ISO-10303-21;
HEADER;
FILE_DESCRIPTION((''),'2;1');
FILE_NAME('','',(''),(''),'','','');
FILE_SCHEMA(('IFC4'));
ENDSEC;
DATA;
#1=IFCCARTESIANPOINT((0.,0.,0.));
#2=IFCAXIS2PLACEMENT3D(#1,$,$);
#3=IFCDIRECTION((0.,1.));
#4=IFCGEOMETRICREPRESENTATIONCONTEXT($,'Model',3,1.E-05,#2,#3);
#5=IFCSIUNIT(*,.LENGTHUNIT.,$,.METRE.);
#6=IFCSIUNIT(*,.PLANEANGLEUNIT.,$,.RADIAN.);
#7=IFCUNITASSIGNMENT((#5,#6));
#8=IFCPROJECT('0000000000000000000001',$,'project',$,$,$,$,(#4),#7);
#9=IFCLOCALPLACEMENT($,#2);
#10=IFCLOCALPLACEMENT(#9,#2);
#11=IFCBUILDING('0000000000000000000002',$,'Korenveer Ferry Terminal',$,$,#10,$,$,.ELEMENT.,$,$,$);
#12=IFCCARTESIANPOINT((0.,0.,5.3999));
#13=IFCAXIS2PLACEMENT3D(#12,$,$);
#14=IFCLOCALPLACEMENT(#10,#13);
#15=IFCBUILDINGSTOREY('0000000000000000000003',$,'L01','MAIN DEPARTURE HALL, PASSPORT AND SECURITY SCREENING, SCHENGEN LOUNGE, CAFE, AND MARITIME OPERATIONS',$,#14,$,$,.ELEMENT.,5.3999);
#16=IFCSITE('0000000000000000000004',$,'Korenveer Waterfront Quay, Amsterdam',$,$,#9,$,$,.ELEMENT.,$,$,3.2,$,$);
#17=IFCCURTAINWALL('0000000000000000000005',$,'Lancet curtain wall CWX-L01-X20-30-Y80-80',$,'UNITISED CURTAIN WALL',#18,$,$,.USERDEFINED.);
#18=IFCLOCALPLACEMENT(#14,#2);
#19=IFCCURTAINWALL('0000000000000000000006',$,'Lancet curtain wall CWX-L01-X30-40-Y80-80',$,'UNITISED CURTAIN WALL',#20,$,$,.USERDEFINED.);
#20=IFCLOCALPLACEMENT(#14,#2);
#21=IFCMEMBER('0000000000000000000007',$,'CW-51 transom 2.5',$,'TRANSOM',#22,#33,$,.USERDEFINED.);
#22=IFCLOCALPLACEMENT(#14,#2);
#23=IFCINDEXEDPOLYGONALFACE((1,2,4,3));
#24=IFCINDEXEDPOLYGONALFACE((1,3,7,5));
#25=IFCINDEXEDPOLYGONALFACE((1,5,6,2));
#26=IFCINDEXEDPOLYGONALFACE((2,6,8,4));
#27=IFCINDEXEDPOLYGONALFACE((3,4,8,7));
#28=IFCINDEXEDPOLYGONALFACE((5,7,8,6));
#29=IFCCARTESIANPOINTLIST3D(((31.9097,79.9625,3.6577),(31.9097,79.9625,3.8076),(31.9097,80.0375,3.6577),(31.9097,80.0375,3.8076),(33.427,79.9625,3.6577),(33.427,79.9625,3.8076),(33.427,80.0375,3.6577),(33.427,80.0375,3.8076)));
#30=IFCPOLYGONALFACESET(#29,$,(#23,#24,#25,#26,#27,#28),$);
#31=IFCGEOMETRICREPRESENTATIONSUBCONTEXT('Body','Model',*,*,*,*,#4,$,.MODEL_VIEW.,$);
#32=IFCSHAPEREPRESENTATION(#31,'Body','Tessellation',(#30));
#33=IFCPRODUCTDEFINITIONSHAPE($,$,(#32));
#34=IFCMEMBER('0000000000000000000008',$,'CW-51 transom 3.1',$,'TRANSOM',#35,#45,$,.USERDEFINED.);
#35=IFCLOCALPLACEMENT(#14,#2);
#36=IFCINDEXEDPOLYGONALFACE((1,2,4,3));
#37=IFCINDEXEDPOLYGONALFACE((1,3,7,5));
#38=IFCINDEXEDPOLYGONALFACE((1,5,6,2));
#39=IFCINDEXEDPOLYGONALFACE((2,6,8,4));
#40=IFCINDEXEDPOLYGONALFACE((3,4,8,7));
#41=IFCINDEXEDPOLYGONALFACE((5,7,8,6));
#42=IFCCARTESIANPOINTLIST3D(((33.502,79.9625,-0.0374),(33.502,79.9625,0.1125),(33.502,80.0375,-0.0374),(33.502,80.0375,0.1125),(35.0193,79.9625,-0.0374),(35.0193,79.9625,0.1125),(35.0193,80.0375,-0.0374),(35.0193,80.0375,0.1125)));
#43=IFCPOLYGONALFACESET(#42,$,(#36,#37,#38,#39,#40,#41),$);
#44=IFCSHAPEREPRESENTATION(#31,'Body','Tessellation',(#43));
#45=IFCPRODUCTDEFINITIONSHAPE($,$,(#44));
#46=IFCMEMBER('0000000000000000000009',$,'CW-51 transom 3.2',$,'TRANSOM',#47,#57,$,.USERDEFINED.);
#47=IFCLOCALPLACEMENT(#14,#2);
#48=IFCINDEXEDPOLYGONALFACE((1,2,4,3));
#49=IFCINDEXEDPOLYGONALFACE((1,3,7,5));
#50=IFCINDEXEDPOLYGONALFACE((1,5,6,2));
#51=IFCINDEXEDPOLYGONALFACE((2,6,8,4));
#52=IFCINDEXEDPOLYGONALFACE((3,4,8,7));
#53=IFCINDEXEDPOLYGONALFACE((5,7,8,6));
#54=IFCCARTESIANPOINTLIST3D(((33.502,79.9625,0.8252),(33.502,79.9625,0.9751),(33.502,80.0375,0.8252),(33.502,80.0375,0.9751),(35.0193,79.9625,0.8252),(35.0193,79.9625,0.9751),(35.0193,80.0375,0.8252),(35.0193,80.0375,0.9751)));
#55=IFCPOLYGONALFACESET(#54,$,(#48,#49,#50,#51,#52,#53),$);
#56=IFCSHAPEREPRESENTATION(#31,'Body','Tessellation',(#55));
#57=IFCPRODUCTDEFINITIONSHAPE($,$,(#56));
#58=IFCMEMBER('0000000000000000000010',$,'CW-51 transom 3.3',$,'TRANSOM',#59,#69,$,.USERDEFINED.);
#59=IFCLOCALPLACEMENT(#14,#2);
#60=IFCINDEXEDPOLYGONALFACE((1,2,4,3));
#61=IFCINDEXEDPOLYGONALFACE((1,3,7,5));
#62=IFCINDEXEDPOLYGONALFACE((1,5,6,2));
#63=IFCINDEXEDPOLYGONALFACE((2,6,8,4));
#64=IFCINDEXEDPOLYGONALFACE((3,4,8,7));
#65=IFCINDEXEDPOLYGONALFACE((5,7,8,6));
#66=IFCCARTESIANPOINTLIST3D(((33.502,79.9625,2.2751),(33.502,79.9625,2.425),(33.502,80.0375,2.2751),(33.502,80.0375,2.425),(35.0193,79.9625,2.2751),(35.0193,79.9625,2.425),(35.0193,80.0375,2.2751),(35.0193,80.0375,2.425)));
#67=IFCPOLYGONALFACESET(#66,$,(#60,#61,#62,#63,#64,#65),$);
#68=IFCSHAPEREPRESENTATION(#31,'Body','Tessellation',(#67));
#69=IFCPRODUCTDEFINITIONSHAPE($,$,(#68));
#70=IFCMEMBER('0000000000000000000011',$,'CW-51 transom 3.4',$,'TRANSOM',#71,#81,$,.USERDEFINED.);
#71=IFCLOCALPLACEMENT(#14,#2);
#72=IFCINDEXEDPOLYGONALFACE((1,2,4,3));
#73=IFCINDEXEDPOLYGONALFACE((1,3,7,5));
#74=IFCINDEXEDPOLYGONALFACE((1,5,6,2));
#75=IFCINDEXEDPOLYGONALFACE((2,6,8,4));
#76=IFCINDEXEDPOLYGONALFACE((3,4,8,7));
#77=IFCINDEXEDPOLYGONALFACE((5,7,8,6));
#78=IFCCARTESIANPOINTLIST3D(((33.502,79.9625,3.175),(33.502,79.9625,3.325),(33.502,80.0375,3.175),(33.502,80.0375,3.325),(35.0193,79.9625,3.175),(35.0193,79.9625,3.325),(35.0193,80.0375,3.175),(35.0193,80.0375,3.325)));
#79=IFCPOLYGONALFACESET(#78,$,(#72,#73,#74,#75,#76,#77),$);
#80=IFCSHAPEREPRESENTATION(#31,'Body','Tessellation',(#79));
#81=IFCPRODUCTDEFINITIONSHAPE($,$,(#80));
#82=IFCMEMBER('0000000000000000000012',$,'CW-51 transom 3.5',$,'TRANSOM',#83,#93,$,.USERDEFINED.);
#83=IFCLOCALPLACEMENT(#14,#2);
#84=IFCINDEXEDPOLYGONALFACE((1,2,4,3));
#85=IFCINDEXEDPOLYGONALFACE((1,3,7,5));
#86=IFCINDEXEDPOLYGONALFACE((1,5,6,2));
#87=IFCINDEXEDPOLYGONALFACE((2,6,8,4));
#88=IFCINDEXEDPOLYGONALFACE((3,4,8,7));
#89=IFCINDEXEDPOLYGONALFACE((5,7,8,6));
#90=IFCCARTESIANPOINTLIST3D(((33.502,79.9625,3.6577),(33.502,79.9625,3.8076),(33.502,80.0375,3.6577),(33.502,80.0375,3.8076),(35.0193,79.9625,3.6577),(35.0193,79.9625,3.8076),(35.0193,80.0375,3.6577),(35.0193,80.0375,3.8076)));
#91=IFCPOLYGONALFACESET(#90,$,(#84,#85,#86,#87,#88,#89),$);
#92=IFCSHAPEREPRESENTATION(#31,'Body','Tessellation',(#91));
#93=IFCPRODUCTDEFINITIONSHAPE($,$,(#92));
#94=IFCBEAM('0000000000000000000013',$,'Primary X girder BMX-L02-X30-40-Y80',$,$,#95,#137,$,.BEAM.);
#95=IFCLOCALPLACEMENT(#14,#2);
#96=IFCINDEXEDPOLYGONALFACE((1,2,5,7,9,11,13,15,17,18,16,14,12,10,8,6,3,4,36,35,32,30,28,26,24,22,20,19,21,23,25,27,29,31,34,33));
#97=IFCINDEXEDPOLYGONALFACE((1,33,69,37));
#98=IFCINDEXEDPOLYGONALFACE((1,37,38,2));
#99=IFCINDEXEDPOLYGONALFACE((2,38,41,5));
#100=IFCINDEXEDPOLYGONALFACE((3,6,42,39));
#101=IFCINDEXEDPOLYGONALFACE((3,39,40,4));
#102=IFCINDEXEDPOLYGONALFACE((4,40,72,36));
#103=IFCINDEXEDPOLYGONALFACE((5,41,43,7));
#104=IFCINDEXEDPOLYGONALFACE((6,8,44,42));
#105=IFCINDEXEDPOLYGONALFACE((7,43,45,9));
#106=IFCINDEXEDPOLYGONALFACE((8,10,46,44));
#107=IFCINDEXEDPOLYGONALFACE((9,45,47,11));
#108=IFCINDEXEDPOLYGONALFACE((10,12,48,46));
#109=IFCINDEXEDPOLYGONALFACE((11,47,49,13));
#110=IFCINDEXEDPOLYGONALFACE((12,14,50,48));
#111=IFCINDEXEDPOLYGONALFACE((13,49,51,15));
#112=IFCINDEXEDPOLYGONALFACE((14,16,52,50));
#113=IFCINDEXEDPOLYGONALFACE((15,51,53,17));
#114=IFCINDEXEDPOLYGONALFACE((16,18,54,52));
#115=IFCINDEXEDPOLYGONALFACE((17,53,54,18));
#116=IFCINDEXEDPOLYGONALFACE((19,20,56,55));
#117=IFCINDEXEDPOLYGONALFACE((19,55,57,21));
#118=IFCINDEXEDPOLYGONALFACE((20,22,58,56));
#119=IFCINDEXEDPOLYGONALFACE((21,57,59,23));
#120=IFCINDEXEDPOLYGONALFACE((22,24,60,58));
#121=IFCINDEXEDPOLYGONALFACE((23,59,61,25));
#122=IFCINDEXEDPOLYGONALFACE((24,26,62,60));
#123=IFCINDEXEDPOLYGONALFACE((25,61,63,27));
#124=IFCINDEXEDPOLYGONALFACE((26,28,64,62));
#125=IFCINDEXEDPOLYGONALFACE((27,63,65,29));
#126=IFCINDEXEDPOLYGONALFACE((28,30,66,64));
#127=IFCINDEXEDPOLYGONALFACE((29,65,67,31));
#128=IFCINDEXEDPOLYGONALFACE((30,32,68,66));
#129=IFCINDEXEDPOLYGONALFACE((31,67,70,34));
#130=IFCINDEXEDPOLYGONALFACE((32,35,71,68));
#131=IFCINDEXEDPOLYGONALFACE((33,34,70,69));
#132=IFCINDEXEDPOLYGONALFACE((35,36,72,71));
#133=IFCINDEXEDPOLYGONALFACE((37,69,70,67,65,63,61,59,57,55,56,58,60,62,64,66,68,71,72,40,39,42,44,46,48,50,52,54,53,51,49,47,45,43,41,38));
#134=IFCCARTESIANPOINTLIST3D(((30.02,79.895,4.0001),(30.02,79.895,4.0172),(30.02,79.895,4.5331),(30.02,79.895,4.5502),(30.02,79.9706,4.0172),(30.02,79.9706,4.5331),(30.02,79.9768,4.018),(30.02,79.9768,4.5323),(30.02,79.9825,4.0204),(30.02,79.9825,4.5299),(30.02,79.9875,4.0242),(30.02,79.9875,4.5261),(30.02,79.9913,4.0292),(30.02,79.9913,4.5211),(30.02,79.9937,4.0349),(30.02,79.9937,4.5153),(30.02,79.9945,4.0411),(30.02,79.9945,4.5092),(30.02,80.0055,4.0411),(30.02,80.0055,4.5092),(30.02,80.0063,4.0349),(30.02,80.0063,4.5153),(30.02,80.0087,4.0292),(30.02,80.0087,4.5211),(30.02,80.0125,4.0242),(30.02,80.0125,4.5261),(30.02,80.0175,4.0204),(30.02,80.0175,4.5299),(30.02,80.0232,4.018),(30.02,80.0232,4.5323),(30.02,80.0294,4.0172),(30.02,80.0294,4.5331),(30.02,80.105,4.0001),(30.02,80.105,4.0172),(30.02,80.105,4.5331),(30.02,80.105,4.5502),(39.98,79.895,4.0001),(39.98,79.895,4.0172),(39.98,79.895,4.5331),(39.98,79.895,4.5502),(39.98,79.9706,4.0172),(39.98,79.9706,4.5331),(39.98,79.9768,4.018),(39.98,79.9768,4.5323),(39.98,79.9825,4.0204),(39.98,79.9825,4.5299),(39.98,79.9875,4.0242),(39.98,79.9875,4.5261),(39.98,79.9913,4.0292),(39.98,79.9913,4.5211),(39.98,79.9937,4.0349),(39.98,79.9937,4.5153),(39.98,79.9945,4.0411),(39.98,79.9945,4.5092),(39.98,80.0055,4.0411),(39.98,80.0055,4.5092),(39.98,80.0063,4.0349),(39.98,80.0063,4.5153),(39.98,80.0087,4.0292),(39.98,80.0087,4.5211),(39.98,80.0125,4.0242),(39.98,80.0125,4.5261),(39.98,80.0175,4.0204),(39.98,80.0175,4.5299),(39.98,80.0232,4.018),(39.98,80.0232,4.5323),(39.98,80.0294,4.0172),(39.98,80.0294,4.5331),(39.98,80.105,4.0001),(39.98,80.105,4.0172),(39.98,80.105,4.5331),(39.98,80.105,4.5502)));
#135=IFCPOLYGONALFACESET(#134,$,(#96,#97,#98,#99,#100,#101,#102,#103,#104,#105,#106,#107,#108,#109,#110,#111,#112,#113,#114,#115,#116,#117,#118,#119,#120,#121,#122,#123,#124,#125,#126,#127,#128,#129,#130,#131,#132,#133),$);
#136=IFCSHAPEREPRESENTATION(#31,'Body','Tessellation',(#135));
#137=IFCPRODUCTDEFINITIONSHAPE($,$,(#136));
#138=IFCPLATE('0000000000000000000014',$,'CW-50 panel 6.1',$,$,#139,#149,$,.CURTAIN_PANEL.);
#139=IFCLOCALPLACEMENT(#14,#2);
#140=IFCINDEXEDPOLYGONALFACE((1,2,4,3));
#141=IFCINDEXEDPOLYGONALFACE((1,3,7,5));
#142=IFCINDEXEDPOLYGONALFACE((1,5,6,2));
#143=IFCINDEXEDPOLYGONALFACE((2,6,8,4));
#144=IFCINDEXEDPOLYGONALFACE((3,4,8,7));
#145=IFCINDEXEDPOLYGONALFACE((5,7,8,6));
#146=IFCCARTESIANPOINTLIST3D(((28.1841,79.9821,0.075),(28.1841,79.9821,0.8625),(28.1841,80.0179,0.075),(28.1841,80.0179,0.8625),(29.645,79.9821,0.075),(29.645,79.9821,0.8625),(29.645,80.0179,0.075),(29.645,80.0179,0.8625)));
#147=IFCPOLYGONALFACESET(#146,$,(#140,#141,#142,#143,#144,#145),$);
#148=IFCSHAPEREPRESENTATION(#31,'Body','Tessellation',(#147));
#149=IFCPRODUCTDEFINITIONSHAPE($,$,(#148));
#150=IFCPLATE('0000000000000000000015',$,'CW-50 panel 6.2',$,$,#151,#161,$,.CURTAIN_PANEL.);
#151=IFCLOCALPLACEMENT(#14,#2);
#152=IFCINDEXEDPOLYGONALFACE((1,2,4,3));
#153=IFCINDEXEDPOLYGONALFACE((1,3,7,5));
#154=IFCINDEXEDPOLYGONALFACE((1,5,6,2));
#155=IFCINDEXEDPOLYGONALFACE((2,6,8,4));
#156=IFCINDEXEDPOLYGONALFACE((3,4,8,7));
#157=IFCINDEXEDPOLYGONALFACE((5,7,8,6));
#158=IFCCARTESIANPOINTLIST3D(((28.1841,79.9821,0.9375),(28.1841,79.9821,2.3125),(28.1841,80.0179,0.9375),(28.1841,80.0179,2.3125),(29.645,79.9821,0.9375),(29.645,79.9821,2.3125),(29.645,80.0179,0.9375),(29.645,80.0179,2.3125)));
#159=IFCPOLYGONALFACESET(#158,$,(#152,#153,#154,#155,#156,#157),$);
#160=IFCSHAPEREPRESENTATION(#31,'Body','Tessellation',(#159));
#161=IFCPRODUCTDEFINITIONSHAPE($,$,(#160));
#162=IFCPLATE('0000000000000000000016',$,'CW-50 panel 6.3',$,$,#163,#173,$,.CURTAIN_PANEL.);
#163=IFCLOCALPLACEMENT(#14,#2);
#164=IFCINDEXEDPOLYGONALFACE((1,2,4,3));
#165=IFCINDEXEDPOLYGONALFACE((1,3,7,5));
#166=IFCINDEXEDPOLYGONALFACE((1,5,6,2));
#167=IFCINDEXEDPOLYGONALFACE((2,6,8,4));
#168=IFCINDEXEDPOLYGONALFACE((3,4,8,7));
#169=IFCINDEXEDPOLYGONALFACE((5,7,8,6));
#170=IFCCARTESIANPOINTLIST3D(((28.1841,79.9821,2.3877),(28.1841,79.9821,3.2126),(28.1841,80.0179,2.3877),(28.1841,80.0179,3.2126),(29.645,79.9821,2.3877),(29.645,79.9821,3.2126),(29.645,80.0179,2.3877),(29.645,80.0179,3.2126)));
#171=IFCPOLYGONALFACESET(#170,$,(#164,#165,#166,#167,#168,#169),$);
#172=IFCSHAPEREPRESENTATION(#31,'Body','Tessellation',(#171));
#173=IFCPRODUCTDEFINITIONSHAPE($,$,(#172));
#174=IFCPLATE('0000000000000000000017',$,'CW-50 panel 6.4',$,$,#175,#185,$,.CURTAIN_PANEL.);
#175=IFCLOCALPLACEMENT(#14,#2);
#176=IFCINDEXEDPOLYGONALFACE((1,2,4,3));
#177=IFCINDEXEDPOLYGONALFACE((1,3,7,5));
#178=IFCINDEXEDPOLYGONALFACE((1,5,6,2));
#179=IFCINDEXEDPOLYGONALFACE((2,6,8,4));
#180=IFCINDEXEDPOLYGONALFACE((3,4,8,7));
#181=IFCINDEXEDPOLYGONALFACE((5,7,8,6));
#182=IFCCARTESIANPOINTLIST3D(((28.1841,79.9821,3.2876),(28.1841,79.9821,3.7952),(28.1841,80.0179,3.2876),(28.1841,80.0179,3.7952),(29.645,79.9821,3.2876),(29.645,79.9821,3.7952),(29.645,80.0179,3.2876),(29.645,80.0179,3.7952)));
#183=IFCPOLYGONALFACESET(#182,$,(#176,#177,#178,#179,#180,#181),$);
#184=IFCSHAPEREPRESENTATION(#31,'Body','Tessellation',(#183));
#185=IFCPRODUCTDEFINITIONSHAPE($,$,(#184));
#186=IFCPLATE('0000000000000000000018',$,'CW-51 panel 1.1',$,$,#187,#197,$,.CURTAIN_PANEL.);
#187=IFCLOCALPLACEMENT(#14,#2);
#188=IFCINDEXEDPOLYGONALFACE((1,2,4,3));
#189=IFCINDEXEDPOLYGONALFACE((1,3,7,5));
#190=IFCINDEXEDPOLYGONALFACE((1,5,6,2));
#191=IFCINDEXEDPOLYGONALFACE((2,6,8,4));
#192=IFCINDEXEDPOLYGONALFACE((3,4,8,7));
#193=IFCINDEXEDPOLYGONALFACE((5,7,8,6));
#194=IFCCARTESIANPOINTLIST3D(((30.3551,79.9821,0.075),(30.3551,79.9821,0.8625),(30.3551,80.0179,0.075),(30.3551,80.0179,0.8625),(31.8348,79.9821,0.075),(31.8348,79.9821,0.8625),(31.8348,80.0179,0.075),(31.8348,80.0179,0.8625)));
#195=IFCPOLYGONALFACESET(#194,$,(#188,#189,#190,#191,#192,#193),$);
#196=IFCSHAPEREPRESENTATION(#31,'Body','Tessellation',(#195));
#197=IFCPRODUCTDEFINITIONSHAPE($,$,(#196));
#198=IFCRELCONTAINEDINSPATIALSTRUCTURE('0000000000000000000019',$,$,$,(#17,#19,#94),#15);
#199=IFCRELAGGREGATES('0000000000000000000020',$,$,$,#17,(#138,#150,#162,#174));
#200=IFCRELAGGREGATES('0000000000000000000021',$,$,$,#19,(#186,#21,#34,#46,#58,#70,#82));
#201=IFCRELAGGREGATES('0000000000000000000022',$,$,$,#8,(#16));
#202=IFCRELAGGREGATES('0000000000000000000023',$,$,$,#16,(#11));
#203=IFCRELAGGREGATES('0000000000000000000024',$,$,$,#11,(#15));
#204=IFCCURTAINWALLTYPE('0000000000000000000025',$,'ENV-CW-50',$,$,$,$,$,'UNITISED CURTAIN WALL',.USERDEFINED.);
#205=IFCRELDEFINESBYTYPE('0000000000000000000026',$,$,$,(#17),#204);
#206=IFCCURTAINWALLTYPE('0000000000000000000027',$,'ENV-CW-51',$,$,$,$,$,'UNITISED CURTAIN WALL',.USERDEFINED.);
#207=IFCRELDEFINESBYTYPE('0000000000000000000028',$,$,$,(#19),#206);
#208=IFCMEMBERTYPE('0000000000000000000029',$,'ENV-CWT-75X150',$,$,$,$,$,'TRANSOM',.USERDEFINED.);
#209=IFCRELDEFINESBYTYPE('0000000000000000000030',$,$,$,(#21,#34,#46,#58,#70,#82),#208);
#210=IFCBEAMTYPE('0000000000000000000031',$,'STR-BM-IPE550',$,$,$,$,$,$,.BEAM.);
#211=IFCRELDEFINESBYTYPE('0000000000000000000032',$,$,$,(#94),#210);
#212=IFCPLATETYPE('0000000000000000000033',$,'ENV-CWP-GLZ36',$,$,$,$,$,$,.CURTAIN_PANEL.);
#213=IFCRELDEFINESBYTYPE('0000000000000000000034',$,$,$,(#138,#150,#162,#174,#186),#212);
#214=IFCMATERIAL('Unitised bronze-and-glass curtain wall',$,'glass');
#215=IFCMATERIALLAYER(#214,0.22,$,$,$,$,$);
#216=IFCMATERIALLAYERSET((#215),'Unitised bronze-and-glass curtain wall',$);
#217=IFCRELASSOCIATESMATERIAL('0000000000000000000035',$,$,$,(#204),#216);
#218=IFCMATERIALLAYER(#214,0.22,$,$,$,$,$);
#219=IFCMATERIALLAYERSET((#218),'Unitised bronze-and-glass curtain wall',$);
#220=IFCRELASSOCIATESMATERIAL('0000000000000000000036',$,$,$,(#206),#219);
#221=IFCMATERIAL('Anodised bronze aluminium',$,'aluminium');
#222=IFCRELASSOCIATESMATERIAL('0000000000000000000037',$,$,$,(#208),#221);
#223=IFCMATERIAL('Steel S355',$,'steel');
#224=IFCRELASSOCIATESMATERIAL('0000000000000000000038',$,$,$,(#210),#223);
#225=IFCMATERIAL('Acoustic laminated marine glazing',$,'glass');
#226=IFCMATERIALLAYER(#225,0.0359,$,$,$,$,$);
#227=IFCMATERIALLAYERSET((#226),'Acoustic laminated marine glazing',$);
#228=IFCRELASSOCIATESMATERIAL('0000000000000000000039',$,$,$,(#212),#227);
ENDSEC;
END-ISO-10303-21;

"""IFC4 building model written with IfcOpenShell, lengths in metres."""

from ifc_helpers import new_model, si_unit, direction, frame, origin, origin_2d, place, context, subcontext, project, spatial, rectangle, i_section, extrude, material, layer, layer_set, material_profile, profile_set, type_object, element, aggregate, save


model = new_model("IFC4")

# Units and contexts
model_context = context("Model", 3, precision=1e-05, world=origin(), true_north=direction((0.0, 1.0)))
body_context = subcontext(model_context, "Body", "Model", "MODEL_VIEW")
ifc_project = project(units=[si_unit("LENGTHUNIT", "METRE"), si_unit("PLANEANGLEUNIT", "RADIAN")], contexts=[model_context])

# Site, building, storey
site_placement = place(None, origin())
site = spatial("IfcSite", under=ifc_project, at=site_placement, Name="Korenveer Waterfront Quay, Amsterdam", CompositionType="ELEMENT", RefElevation=3.2)
building_placement = place(site_placement, origin())
building = spatial("IfcBuilding", under=site, at=building_placement, Name="Korenveer Ferry Terminal", CompositionType="ELEMENT")
storey_placement = place(building_placement, frame((0.0, 0.0, 5.3999)))
storey = spatial("IfcBuildingStorey", under=building, at=storey_placement, Name="L01", Description="MAIN DEPARTURE HALL, PASSPORT AND SECURITY SCREENING, SCHENGEN LOUNGE, CAFE, AND MARITIME OPERATIONS", CompositionType="ELEMENT", Elevation=5.3999)

# Curtain wall
ifc_material_1 = material(Name="Unitised bronze-and-glass curtain wall", Category="glass")
ifc_layer_1 = layer(ifc_material_1, 0.22)
ifc_layer_set_1 = layer_set([ifc_layer_1], Name="Unitised bronze-and-glass curtain wall")
curtain_wall_type_1 = type_object("IfcCurtainWallType", Name="ENV-CW-50", ElementType="UNITISED CURTAIN WALL", PredefinedType="USERDEFINED", material=ifc_layer_set_1)
curtain_wall_1_placement = place(storey_placement, frame((20.28, 80.0, 0.0)))
curtain_wall_1 = element("IfcCurtainWall", 1, at=curtain_wall_1_placement, inside=storey, type_object=curtain_wall_type_1, Name="Lancet curtain wall CWX-L01-X20-30-Y80-80", ObjectType="UNITISED CURTAIN WALL", PredefinedType="USERDEFINED")
ifc_material_2 = material(Name="Anodised bronze aluminium", Category="aluminium")

# Curtain wall, members
ifc_layer_2 = layer(ifc_material_1, 0.22)
ifc_layer_set_2 = layer_set([ifc_layer_2], Name="Unitised bronze-and-glass curtain wall")
curtain_wall_type_2 = type_object("IfcCurtainWallType", Name="ENV-CW-51", ElementType="UNITISED CURTAIN WALL", PredefinedType="USERDEFINED", material=ifc_layer_set_2)
curtain_wall_2_placement = place(storey_placement, frame((30.28, 80.0, 0.0)))
curtain_wall_2 = element("IfcCurtainWall", 2, at=curtain_wall_2_placement, inside=storey, type_object=curtain_wall_type_2, Name="Lancet curtain wall CWX-L01-X30-40-Y80-80", ObjectType="UNITISED CURTAIN WALL", PredefinedType="USERDEFINED")
ifc_material_profile_1 = material_profile(ifc_material_2, rectangle(XDim=0.075, YDim=0.1499, at=origin_2d()), Name="ALU 75x150")
ifc_profile_set_1 = profile_set([ifc_material_profile_1], Name="Anodised bronze aluminium")
member_type_1 = type_object("IfcMemberType", Name="ENV-CWT-75X150", ElementType="TRANSOM", PredefinedType="USERDEFINED", material=ifc_profile_set_1)
member_1_placement = place(storey_placement, frame((31.9097, 80.0, 3.7327), z_axis=(1.0, 0.0, 0.0), x_axis=(0.0, 1.0, 0.0)))
member_1 = element("IfcMember", 3, at=member_1_placement, type_object=member_type_1, Name="CW-51 transom 2.5", ObjectType="TRANSOM", PredefinedType="USERDEFINED", context=body_context, shape_type="SweptSolid", body=[
    extrude(rectangle(XDim=0.075, YDim=0.1499, at=origin_2d()), origin(), (0.0, 0.0, 1.0), 1.5173),
])
member_2_placement = place(storey_placement, frame((33.502, 80.0, 0.0376), z_axis=(1.0, 0.0, 0.0), x_axis=(0.0, 1.0, 0.0)))
member_2 = element("IfcMember", 4, at=member_2_placement, type_object=member_type_1, Name="CW-51 transom 3.1", ObjectType="TRANSOM", PredefinedType="USERDEFINED", context=body_context, shape_type="SweptSolid", body=[
    extrude(rectangle(XDim=0.075, YDim=0.1499, at=origin_2d()), origin(), (0.0, 0.0, 1.0), 1.5173),
])
member_3_placement = place(storey_placement, frame((33.502, 80.0, 0.9001), z_axis=(1.0, 0.0, 0.0), x_axis=(0.0, 1.0, 0.0)))
member_3 = element("IfcMember", 5, at=member_3_placement, type_object=member_type_1, Name="CW-51 transom 3.2", ObjectType="TRANSOM", PredefinedType="USERDEFINED", context=body_context, shape_type="SweptSolid", body=[
    extrude(rectangle(XDim=0.075, YDim=0.1499, at=origin_2d()), origin(), (0.0, 0.0, 1.0), 1.5173),
])
member_4_placement = place(storey_placement, frame((33.502, 80.0, 2.3501), z_axis=(1.0, 0.0, 0.0), x_axis=(0.0, 1.0, 0.0)))
member_4 = element("IfcMember", 6, at=member_4_placement, type_object=member_type_1, Name="CW-51 transom 3.3", ObjectType="TRANSOM", PredefinedType="USERDEFINED", context=body_context, shape_type="SweptSolid", body=[
    extrude(rectangle(XDim=0.075, YDim=0.1499, at=origin_2d()), origin(), (0.0, 0.0, 1.0), 1.5173),
])
member_5_placement = place(storey_placement, frame((33.502, 80.0, 3.25), z_axis=(1.0, 0.0, 0.0), x_axis=(0.0, 1.0, 0.0)))
member_5 = element("IfcMember", 7, at=member_5_placement, type_object=member_type_1, Name="CW-51 transom 3.4", ObjectType="TRANSOM", PredefinedType="USERDEFINED", context=body_context, shape_type="SweptSolid", body=[
    extrude(rectangle(XDim=0.075, YDim=0.1499, at=origin_2d()), origin(), (0.0, 0.0, 1.0), 1.5173),
])
member_6_placement = place(storey_placement, frame((33.502, 80.0, 3.7327), z_axis=(1.0, 0.0, 0.0), x_axis=(0.0, 1.0, 0.0)))
member_6 = element("IfcMember", 8, at=member_6_placement, type_object=member_type_1, Name="CW-51 transom 3.5", ObjectType="TRANSOM", PredefinedType="USERDEFINED", context=body_context, shape_type="SweptSolid", body=[
    extrude(rectangle(XDim=0.075, YDim=0.1499, at=origin_2d()), origin(), (0.0, 0.0, 1.0), 1.5173),
])

# Beam
ifc_material_3 = material(Name="Steel S355", Category="steel")
ifc_material_profile_2 = material_profile(ifc_material_3, i_section(OverallWidth=0.21, OverallDepth=0.55, WebThickness=0.011, FlangeThickness=0.0171, FilletRadius=0.0239, at=origin_2d()), Name="IPE 550")
ifc_profile_set_2 = profile_set([ifc_material_profile_2], Name="Steel S355")
beam_type = type_object("IfcBeamType", Name="STR-BM-IPE550", PredefinedType="BEAM", material=ifc_profile_set_2)
beam_placement = place(storey_placement, frame((30.02, 80.0, 4.2751), z_axis=(1.0, 0.0, 0.0), x_axis=(0.0, 1.0, 0.0)))
element("IfcBeam", 9, at=beam_placement, inside=storey, type_object=beam_type, Name="Primary X girder BMX-L02-X30-40-Y80", PredefinedType="BEAM", context=body_context, shape_type="SweptSolid", body=[
    extrude(i_section(OverallWidth=0.21, OverallDepth=0.55, WebThickness=0.011, FlangeThickness=0.0171, FilletRadius=0.0239, at=origin_2d()), origin(), (0.0, 0.0, 1.0), 9.96),
])

# Plates
ifc_material_4 = material(Name="Acoustic laminated marine glazing", Category="glass")
ifc_layer_3 = layer(ifc_material_4, 0.0359)
ifc_layer_set_3 = layer_set([ifc_layer_3], Name="Acoustic laminated marine glazing")
plate_type = type_object("IfcPlateType", Name="ENV-CWP-GLZ36", PredefinedType="CURTAIN_PANEL", material=ifc_layer_set_3)
plate_1_placement = place(storey_placement, frame((28.9146, 80.0, 0.075), z_axis=(0.0, 0.0, 1.0), x_axis=(1.0, 0.0, 0.0)))
plate_1 = element("IfcPlate", 10, at=plate_1_placement, type_object=plate_type, Name="CW-50 panel 6.1", PredefinedType="CURTAIN_PANEL", context=body_context, shape_type="SweptSolid", body=[
    extrude(rectangle(XDim=1.4609, YDim=0.0359, at=origin_2d()), origin(), (0.0, 0.0, 1.0), 0.7876),
])
plate_2_placement = place(storey_placement, frame((28.9146, 80.0, 0.9375), z_axis=(0.0, 0.0, 1.0), x_axis=(1.0, 0.0, 0.0)))
plate_2 = element("IfcPlate", 11, at=plate_2_placement, type_object=plate_type, Name="CW-50 panel 6.2", PredefinedType="CURTAIN_PANEL", context=body_context, shape_type="SweptSolid", body=[
    extrude(rectangle(XDim=1.4609, YDim=0.0359, at=origin_2d()), origin(), (0.0, 0.0, 1.0), 1.375),
])
plate_3_placement = place(storey_placement, frame((28.9146, 80.0, 2.3877), z_axis=(0.0, 0.0, 1.0), x_axis=(1.0, 0.0, 0.0)))
plate_3 = element("IfcPlate", 12, at=plate_3_placement, type_object=plate_type, Name="CW-50 panel 6.3", PredefinedType="CURTAIN_PANEL", context=body_context, shape_type="SweptSolid", body=[
    extrude(rectangle(XDim=1.4609, YDim=0.0359, at=origin_2d()), origin(), (0.0, 0.0, 1.0), 0.825),
])
plate_4_placement = place(storey_placement, frame((28.9146, 80.0, 3.2876), z_axis=(0.0, 0.0, 1.0), x_axis=(1.0, 0.0, 0.0)))
plate_4 = element("IfcPlate", 13, at=plate_4_placement, type_object=plate_type, Name="CW-50 panel 6.4", PredefinedType="CURTAIN_PANEL", context=body_context, shape_type="SweptSolid", body=[
    extrude(rectangle(XDim=1.4609, YDim=0.0359, at=origin_2d()), origin(), (0.0, 0.0, 1.0), 0.5076),
])
aggregate(curtain_wall_1, [plate_1, plate_2, plate_3, plate_4])
plate_5_placement = place(storey_placement, frame((31.095, 80.0, 0.075), z_axis=(0.0, 0.0, 1.0), x_axis=(1.0, 0.0, 0.0)))
plate_5 = element("IfcPlate", 14, at=plate_5_placement, type_object=plate_type, Name="CW-51 panel 1.1", PredefinedType="CURTAIN_PANEL", context=body_context, shape_type="SweptSolid", body=[
    extrude(rectangle(XDim=1.4797, YDim=0.0359, at=origin_2d()), origin(), (0.0, 0.0, 1.0), 0.7876),
])
aggregate(curtain_wall_2, [plate_5, member_1, member_2, member_3, member_4, member_5, member_6])

save(model, "model.ifc")
